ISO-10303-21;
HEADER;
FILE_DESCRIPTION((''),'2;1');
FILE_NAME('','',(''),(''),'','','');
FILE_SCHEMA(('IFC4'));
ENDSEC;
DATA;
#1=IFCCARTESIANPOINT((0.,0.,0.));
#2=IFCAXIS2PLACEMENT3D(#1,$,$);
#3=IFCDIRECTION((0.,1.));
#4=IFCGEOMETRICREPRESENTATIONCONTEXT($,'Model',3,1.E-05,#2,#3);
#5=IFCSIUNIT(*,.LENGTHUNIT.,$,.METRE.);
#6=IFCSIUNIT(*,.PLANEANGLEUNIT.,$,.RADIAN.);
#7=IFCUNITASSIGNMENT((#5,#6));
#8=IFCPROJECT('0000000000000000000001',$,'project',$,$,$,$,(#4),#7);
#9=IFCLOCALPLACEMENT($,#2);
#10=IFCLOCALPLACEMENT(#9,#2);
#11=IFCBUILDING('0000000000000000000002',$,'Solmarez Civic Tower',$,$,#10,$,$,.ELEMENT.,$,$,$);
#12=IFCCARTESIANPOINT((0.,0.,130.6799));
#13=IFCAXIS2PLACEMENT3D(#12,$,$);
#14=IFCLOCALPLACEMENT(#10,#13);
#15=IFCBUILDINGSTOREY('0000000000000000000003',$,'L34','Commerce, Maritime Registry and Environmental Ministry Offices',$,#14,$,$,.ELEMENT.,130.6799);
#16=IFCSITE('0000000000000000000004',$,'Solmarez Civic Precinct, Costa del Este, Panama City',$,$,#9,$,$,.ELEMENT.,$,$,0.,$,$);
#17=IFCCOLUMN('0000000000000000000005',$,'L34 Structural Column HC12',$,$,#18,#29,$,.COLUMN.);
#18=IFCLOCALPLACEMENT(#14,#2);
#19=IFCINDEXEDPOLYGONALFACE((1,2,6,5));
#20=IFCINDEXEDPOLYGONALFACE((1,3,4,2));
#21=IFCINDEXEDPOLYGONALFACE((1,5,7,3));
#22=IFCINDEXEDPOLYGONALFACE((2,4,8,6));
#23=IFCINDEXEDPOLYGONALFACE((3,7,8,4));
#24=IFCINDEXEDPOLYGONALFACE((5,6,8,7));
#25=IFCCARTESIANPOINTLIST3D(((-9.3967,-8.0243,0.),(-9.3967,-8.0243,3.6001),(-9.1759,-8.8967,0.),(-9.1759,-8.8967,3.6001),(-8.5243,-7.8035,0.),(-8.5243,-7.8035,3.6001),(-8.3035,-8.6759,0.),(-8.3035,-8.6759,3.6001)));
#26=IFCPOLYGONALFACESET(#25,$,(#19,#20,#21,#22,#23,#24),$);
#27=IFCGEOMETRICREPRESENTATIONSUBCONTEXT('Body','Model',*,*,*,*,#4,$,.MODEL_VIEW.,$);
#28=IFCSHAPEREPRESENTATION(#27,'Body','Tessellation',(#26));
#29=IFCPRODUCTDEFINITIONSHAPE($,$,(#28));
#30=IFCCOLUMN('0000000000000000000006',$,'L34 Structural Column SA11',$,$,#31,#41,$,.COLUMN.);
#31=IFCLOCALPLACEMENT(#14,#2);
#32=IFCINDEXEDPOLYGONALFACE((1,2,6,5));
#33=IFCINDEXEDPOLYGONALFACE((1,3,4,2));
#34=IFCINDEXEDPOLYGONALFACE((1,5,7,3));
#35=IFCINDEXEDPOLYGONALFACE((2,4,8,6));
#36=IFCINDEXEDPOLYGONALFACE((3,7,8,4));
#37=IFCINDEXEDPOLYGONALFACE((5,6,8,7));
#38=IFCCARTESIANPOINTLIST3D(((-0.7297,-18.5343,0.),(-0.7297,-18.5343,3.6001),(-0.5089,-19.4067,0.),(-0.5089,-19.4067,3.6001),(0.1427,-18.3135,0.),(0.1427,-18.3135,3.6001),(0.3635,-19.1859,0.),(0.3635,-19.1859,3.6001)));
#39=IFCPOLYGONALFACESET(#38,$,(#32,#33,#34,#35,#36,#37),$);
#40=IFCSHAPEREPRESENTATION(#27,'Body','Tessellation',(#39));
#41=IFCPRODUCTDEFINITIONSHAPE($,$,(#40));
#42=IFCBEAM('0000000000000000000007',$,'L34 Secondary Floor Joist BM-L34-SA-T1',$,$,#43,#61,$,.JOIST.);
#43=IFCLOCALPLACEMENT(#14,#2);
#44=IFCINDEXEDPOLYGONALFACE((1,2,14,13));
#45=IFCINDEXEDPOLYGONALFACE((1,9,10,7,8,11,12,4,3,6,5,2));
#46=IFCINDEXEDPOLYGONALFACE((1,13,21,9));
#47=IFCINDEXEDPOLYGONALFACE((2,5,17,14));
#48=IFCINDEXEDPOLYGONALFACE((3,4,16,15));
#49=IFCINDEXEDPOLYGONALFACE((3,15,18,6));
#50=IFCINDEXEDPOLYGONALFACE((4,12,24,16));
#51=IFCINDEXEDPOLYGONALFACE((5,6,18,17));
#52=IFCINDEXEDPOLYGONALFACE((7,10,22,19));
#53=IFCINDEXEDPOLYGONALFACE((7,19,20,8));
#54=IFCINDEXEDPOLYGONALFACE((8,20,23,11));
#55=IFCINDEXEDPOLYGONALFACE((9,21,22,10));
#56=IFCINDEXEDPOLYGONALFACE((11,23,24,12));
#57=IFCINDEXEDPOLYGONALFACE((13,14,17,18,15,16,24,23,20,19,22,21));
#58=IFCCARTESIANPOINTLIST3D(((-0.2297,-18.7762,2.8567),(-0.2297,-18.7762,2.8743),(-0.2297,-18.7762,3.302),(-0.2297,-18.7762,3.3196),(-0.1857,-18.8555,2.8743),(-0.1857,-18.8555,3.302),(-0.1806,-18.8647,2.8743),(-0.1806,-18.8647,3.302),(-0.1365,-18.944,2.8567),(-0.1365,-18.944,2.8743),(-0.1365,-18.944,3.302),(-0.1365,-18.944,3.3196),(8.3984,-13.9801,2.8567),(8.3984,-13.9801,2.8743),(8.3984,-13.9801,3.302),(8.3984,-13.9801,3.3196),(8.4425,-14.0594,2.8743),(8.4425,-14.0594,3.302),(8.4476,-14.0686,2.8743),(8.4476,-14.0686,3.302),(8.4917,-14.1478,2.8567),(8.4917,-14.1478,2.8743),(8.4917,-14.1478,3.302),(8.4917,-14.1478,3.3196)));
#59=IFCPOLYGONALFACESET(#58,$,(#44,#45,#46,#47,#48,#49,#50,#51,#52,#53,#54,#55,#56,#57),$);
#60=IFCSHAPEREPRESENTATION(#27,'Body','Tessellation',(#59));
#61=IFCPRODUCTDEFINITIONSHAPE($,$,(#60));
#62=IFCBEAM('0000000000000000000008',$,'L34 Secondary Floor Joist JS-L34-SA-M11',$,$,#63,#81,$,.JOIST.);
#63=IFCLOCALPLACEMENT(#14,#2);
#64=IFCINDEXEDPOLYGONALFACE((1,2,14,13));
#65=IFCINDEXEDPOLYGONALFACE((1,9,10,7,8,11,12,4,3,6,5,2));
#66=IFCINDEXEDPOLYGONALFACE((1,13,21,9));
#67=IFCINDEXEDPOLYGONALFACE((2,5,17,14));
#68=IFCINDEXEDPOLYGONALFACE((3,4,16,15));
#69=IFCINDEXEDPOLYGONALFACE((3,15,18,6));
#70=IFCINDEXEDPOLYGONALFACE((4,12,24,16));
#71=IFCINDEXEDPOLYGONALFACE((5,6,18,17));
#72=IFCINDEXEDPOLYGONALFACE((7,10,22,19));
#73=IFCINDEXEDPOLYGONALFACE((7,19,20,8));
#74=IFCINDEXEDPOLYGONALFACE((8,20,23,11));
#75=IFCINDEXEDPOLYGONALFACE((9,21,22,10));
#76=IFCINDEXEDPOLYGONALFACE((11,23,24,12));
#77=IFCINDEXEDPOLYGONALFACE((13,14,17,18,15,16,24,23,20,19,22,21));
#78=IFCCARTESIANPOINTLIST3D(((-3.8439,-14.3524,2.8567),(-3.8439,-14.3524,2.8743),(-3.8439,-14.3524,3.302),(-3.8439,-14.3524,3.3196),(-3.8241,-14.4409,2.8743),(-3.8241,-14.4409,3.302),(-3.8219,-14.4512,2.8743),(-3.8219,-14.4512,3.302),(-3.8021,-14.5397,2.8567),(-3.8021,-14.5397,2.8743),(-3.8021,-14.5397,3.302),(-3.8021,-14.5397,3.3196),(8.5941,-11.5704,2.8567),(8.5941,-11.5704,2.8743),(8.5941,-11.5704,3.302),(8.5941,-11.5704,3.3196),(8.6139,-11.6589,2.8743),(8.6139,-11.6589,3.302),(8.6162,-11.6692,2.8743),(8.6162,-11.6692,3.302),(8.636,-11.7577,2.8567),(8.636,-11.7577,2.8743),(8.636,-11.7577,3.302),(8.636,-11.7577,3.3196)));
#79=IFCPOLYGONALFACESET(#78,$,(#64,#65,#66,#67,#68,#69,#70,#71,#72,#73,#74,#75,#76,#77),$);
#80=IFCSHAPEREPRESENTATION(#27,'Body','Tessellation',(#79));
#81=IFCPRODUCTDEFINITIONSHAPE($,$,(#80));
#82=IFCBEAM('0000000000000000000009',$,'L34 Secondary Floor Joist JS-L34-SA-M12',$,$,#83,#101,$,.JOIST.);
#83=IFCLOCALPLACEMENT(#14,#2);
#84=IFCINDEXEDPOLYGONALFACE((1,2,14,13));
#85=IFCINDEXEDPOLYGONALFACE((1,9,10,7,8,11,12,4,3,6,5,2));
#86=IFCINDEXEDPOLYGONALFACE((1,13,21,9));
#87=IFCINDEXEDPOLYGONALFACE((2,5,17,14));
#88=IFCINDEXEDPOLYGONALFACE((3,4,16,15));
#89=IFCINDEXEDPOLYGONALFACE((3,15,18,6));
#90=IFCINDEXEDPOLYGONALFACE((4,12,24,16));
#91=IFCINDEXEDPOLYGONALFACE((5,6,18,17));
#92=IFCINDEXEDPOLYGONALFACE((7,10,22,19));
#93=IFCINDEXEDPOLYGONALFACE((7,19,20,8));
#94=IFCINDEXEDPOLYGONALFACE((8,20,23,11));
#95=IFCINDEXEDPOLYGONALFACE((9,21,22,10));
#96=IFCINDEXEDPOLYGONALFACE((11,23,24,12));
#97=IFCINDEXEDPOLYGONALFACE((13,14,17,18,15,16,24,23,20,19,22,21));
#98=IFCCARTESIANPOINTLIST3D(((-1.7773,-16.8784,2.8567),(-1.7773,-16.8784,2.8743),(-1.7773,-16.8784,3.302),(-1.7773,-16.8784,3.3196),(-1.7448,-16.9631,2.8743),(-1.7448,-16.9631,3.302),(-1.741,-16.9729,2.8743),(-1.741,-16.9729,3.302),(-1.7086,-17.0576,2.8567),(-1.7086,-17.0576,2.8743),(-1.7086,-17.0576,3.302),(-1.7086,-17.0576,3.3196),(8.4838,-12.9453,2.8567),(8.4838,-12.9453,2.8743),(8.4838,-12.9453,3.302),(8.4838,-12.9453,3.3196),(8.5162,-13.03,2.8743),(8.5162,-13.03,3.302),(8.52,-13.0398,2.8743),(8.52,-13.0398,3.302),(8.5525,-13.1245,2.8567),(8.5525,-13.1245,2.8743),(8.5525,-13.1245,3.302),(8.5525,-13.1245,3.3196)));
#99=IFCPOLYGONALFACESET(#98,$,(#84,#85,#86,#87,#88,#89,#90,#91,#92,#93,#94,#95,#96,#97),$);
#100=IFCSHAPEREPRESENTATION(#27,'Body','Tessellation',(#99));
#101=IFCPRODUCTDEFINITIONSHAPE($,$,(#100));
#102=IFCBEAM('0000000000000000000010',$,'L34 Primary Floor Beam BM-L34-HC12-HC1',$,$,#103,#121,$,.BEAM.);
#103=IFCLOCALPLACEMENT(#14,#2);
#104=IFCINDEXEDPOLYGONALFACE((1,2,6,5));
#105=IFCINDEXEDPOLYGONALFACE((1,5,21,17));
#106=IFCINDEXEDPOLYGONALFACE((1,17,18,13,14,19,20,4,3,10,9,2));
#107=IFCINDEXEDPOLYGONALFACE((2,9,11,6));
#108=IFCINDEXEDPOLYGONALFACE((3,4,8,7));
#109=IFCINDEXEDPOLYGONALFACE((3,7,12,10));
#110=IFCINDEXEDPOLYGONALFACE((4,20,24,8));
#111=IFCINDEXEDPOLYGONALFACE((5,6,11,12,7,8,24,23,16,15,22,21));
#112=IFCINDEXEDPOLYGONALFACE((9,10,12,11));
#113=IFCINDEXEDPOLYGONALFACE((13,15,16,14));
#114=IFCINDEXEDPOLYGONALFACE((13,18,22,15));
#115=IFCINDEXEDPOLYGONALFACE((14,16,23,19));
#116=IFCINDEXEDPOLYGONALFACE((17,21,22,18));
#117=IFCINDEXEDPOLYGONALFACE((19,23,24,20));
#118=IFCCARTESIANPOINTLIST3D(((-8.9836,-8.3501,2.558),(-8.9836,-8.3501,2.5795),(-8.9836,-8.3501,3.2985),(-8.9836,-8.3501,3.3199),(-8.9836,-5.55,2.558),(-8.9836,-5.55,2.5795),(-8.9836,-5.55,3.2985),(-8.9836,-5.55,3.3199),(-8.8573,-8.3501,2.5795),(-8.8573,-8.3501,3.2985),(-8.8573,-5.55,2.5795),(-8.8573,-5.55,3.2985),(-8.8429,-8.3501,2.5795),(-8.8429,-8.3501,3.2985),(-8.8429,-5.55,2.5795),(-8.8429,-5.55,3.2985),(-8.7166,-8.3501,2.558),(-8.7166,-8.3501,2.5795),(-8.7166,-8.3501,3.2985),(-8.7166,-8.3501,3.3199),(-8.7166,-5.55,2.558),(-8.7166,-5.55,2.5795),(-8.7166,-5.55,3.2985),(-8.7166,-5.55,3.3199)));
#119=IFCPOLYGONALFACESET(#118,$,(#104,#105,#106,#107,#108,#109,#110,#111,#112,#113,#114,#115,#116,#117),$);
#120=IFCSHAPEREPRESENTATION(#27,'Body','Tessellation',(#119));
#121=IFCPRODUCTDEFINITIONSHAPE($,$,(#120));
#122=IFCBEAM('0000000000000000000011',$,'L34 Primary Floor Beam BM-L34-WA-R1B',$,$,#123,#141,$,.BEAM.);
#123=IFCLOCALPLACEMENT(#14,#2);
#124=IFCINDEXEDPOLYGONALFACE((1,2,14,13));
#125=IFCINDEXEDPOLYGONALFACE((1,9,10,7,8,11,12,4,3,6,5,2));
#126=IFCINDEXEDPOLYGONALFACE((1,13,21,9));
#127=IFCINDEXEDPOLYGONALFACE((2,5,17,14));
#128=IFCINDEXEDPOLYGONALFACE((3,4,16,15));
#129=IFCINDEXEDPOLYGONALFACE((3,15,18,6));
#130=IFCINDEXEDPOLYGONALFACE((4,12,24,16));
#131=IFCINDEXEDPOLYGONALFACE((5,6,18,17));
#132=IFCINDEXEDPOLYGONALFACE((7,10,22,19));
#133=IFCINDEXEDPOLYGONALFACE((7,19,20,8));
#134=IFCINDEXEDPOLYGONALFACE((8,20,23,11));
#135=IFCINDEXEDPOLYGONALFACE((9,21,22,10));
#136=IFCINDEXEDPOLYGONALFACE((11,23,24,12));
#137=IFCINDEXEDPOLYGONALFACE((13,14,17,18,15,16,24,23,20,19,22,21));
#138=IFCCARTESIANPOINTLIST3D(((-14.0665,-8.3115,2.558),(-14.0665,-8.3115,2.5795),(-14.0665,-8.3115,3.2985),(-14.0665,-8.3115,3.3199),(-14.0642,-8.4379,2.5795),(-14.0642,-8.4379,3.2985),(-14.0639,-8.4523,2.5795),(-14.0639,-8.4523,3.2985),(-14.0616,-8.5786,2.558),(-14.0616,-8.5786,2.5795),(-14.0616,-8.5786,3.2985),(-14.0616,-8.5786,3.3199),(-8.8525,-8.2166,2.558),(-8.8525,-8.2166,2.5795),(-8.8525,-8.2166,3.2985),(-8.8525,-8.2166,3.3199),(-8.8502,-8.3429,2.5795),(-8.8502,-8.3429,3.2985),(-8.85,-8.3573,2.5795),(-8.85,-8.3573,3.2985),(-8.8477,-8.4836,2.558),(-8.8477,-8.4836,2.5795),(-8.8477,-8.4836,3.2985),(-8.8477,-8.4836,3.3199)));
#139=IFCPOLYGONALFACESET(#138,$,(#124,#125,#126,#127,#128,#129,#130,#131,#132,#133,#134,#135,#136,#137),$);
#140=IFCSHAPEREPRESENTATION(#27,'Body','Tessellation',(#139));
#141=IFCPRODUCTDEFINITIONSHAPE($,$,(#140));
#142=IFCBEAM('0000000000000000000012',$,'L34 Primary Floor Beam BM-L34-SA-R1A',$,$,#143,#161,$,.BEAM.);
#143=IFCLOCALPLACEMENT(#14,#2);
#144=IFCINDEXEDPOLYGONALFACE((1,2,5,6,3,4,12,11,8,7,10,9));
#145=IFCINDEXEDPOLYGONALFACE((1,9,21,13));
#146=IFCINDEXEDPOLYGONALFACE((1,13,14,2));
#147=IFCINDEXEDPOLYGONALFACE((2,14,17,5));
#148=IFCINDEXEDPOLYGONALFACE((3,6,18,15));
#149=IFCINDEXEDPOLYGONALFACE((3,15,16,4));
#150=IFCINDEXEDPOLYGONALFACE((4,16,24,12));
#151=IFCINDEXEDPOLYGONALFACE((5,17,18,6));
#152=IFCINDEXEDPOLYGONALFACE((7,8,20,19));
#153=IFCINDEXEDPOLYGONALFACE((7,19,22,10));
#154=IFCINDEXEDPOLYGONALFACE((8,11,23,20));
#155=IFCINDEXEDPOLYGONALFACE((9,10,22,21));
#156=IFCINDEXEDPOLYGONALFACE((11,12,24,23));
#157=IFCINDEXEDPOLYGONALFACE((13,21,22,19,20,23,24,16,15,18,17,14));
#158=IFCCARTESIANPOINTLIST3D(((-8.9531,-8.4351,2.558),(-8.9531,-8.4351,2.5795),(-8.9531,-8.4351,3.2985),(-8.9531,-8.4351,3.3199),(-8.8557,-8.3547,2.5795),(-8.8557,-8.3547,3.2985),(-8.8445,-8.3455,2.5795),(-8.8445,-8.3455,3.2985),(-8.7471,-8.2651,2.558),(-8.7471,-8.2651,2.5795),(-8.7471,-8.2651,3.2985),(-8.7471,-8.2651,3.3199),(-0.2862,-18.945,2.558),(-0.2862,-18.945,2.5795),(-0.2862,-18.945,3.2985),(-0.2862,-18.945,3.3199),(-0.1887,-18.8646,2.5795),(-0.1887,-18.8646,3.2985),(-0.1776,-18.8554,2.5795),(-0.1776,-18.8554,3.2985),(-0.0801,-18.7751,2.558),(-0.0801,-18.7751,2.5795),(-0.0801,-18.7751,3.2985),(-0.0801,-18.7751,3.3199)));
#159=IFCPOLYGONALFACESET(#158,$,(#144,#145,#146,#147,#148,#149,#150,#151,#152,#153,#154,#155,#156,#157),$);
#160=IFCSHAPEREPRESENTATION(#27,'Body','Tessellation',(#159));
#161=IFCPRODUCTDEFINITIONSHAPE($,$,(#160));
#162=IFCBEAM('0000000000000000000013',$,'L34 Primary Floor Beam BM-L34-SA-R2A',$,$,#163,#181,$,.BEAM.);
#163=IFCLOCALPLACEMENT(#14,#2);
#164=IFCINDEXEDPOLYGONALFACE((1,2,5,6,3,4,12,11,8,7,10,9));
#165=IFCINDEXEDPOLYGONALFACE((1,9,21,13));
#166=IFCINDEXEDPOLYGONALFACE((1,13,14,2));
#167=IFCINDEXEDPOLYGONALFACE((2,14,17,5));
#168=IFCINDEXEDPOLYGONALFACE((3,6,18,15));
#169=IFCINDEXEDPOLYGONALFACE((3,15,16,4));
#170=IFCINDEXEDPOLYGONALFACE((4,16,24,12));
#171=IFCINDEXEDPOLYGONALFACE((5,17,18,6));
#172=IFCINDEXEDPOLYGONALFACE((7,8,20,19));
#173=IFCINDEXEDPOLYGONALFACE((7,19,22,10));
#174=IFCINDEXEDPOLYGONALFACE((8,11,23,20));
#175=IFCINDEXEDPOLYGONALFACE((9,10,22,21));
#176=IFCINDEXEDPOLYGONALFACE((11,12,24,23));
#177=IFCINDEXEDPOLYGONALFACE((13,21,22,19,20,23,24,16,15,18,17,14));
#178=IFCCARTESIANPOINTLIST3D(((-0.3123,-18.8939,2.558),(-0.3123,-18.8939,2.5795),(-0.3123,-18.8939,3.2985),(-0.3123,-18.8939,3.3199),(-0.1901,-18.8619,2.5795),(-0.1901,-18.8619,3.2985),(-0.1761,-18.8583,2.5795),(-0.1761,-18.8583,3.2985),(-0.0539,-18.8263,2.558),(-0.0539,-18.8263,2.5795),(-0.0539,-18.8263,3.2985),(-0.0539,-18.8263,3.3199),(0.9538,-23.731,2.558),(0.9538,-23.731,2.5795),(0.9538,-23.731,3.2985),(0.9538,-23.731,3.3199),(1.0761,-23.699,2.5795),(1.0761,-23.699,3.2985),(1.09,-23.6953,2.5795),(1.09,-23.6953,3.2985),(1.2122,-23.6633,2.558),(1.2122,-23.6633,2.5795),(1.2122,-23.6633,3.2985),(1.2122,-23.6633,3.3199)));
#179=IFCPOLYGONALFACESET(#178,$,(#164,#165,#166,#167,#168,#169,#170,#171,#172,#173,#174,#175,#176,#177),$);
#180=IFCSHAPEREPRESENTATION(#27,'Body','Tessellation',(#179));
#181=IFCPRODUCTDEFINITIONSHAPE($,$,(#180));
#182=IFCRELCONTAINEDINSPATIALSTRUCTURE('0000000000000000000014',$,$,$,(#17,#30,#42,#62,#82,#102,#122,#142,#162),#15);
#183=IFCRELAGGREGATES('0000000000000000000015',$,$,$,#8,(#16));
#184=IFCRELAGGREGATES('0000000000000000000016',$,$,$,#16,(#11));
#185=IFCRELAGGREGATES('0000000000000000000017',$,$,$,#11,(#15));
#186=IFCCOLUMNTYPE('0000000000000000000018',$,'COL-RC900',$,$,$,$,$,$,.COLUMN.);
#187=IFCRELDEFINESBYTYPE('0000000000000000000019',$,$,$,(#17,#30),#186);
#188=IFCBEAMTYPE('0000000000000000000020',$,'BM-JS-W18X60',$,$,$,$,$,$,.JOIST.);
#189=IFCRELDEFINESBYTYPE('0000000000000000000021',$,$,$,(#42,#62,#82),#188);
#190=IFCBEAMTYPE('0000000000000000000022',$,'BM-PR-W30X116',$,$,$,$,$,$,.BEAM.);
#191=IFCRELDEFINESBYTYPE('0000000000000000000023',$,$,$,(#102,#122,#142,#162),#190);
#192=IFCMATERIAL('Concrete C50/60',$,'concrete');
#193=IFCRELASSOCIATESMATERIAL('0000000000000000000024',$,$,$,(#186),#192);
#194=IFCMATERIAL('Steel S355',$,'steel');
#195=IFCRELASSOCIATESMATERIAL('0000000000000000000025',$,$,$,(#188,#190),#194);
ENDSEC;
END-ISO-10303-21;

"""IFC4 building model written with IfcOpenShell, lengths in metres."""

from ifc_helpers import new_model, si_unit, direction, frame, origin, origin_2d, place, context, subcontext, project, spatial, rectangle, i_section, extrude, material, material_profile, profile_set, type_object, element, save


model = new_model("IFC4")

# Units and contexts
model_context = context("Model", 3, precision=1e-05, world=origin(), true_north=direction((0.0, 1.0)))
body_context = subcontext(model_context, "Body", "Model", "MODEL_VIEW")
ifc_project = project(units=[si_unit("LENGTHUNIT", "METRE"), si_unit("PLANEANGLEUNIT", "RADIAN")], contexts=[model_context])

# Site, building, storey
site_placement = place(None, origin())
site = spatial("IfcSite", under=ifc_project, at=site_placement, Name="Solmarez Civic Precinct, Costa del Este, Panama City", CompositionType="ELEMENT", RefElevation=0.0)
building_placement = place(site_placement, origin())
building = spatial("IfcBuilding", under=site, at=building_placement, Name="Solmarez Civic Tower", CompositionType="ELEMENT")
storey_placement = place(building_placement, frame((0.0, 0.0, 130.6799)))
storey = spatial("IfcBuildingStorey", under=building, at=storey_placement, Name="L34", Description="Commerce, Maritime Registry and Environmental Ministry Offices", CompositionType="ELEMENT", Elevation=130.6799)

# Columns
ifc_material_1 = material(Name="Concrete C50/60", Category="concrete")
ifc_material_profile_1 = material_profile(ifc_material_1, rectangle(XDim=0.8999, YDim=0.8999, at=origin_2d()), Name="RC900X900")
ifc_profile_set_1 = profile_set([ifc_material_profile_1], Name="Concrete C50/60")
column_type = type_object("IfcColumnType", Name="COL-RC900", PredefinedType="COLUMN", material=ifc_profile_set_1)
for number, where, z_axis, x_axis, name in (
    (1, (-8.8501, -8.3501, 0.0), (0.0, 0.0, 1.0), (0.969445, 0.245307, 0.0), "L34 Structural Column HC12"),
    (2, (-0.1831, -18.8601, 0.0), (0.0, 0.0, 1.0), (0.969445, 0.245307, 0.0), "L34 Structural Column SA11"),
):
    element("IfcColumn", number, at=place(storey_placement, frame(where, z_axis=z_axis, x_axis=x_axis)), inside=storey, type_object=column_type, Name=name, PredefinedType="COLUMN", context=body_context, shape_type="SweptSolid", body=[
        extrude(rectangle(XDim=0.8999, YDim=0.8999, at=origin_2d()), origin(), (0.0, 0.0, 1.0), 3.6001),
    ])

# Beams
ifc_material_2 = material(Name="Steel S355", Category="steel")
ifc_material_profile_2 = material_profile(ifc_material_2, i_section(OverallWidth=0.1919, OverallDepth=0.4629, WebThickness=0.0105, FlangeThickness=0.0176, at=origin_2d()), Name="W18X60")
ifc_profile_set_2 = profile_set([ifc_material_profile_2], Name="Steel S355")
beam_type_1 = type_object("IfcBeamType", Name="BM-JS-W18X60", PredefinedType="JOIST", material=ifc_profile_set_2)
beam_1_placement = place(storey_placement, frame((-0.1831, -18.8601, 3.0881), z_axis=(0.874041, 0.485853, 0.0), x_axis=(-0.485853, 0.874041, 0.0)))
element("IfcBeam", 3, at=beam_1_placement, inside=storey, type_object=beam_type_1, Name="L34 Secondary Floor Joist BM-L34-SA-T1", PredefinedType="JOIST", context=body_context, shape_type="SweptSolid", body=[
    extrude(i_section(OverallWidth=0.1919, OverallDepth=0.4629, WebThickness=0.0105, FlangeThickness=0.0176, at=origin_2d()), origin(), (0.0, 0.0, 1.0), 9.8716),
])
beam_2_placement = place(storey_placement, frame((-3.823, -14.446, 3.0881), z_axis=(0.975887, 0.218275, 0.0), x_axis=(-0.218275, 0.975887, 0.0)))
element("IfcBeam", 4, at=beam_2_placement, inside=storey, type_object=beam_type_1, Name="L34 Secondary Floor Joist JS-L34-SA-M11", PredefinedType="JOIST", context=body_context, shape_type="SweptSolid", body=[
    extrude(i_section(OverallWidth=0.1919, OverallDepth=0.4629, WebThickness=0.0105, FlangeThickness=0.0176, at=origin_2d()), origin(), (0.0, 0.0, 1.0), 12.7454),
])
beam_3_placement = place(storey_placement, frame((-1.7429, -16.968, 3.0881), z_axis=(0.933754, 0.357914, 0.0), x_axis=(-0.357914, 0.933754, 0.0)))
element("IfcBeam", 5, at=beam_3_placement, inside=storey, type_object=beam_type_1, Name="L34 Secondary Floor Joist JS-L34-SA-M12", PredefinedType="JOIST", context=body_context, shape_type="SweptSolid", body=[
    extrude(i_section(OverallWidth=0.1919, OverallDepth=0.4629, WebThickness=0.0105, FlangeThickness=0.0176, at=origin_2d()), origin(), (0.0, 0.0, 1.0), 10.989),
])
ifc_material_profile_3 = material_profile(ifc_material_2, i_section(OverallWidth=0.2671, OverallDepth=0.762, WebThickness=0.0144, FlangeThickness=0.0215, at=origin_2d()), Name="W30X116")
ifc_profile_set_3 = profile_set([ifc_material_profile_3], Name="Steel S355")
beam_type_2 = type_object("IfcBeamType", Name="BM-PR-W30X116", PredefinedType="BEAM", material=ifc_profile_set_3)
beam_4_placement = place(storey_placement, frame((-8.8501, -8.3501, 2.939), z_axis=(0.0, 1.0, 0.0), x_axis=(-1.0, 0.0, 0.0)))
element("IfcBeam", 6, at=beam_4_placement, inside=storey, type_object=beam_type_2, Name="L34 Primary Floor Beam BM-L34-HC12-HC1", PredefinedType="BEAM", context=body_context, shape_type="SweptSolid", body=[
    extrude(i_section(OverallWidth=0.2671, OverallDepth=0.762, WebThickness=0.0144, FlangeThickness=0.0215, at=origin_2d()), origin(), (0.0, 0.0, 1.0), 2.8),
])
beam_5_placement = place(storey_placement, frame((-8.8501, -8.3501, 2.939), z_axis=(-0.999834, -0.018212, 0.0), x_axis=(0.018212, -0.999834, 0.0)))
element("IfcBeam", 7, at=beam_5_placement, inside=storey, type_object=beam_type_2, Name="L34 Primary Floor Beam BM-L34-WA-R1B", PredefinedType="BEAM", context=body_context, shape_type="SweptSolid", body=[
    extrude(i_section(OverallWidth=0.2671, OverallDepth=0.762, WebThickness=0.0144, FlangeThickness=0.0215, at=origin_2d()), origin(), (0.0, 0.0, 1.0), 5.2148),
])
beam_6_placement = place(storey_placement, frame((-8.8501, -8.3501, 2.939), z_axis=(0.636218, -0.771509, 0.0), x_axis=(0.771509, 0.636218, 0.0)))
element("IfcBeam", 8, at=beam_6_placement, inside=storey, type_object=beam_type_2, Name="L34 Primary Floor Beam BM-L34-SA-R1A", PredefinedType="BEAM", context=body_context, shape_type="SweptSolid", body=[
    extrude(i_section(OverallWidth=0.2671, OverallDepth=0.762, WebThickness=0.0144, FlangeThickness=0.0215, at=origin_2d()), origin(), (0.0, 0.0, 1.0), 13.6226),
])
beam_7_placement = place(storey_placement, frame((-0.1831, -18.8601, 2.939), z_axis=(0.253229, -0.967406, 0.0), x_axis=(0.967406, 0.253229, 0.0)))
element("IfcBeam", 9, at=beam_7_placement, inside=storey, type_object=beam_type_2, Name="L34 Primary Floor Beam BM-L34-SA-R2A", PredefinedType="BEAM", context=body_context, shape_type="SweptSolid", body=[
    extrude(i_section(OverallWidth=0.2671, OverallDepth=0.762, WebThickness=0.0144, FlangeThickness=0.0215, at=origin_2d()), origin(), (0.0, 0.0, 1.0), 5.0),
])

save(model, "model.ifc")
